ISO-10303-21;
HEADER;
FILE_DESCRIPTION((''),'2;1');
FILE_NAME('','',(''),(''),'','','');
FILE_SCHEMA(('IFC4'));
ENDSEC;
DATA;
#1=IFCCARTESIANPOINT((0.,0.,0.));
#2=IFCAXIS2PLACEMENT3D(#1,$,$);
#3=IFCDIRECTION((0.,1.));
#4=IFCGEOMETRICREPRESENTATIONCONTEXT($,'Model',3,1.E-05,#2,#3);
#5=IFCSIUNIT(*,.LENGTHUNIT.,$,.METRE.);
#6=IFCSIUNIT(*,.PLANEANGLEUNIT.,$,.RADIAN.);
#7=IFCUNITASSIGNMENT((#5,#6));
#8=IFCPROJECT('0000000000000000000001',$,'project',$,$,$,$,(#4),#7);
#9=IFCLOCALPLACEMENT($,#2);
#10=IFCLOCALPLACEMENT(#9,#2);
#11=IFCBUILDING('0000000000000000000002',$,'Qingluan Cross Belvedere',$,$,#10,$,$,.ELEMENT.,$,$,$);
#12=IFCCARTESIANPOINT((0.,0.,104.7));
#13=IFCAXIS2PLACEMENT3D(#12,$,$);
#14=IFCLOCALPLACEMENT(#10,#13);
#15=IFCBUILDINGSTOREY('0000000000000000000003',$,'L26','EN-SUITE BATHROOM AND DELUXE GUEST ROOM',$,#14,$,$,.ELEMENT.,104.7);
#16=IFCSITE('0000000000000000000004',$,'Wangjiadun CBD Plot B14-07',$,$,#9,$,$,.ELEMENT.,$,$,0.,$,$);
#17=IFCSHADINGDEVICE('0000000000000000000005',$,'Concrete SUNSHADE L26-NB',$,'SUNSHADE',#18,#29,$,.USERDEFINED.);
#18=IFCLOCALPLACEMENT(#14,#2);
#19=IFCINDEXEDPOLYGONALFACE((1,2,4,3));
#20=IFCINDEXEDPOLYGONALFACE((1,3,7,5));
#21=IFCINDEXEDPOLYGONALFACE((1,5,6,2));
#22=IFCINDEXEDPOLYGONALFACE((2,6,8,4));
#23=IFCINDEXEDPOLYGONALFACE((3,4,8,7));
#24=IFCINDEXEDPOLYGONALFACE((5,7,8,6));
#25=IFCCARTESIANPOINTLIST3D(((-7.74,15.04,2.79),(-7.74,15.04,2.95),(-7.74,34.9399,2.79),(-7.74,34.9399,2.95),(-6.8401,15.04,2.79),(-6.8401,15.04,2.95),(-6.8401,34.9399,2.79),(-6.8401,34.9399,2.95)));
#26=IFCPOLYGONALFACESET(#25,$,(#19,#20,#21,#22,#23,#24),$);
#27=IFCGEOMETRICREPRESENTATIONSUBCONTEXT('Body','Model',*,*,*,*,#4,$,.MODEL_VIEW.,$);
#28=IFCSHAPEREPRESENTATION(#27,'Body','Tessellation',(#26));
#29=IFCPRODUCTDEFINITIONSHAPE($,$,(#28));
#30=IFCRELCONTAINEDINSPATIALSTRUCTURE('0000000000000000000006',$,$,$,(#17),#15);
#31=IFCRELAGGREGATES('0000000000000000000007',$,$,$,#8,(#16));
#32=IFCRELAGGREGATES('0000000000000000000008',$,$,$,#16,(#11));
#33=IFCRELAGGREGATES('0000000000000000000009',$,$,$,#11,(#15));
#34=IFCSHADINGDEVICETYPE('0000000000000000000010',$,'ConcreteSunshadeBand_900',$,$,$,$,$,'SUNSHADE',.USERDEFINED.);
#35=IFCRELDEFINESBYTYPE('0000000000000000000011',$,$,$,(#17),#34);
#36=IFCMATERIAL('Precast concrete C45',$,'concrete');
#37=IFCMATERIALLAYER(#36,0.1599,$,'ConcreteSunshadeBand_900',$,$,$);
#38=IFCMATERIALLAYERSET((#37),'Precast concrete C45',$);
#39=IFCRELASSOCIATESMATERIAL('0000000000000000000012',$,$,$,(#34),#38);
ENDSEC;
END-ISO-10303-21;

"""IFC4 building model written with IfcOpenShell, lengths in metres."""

from ifc_helpers import new_model, si_unit, direction, frame, origin, origin_2d, place, context, subcontext, project, spatial, rectangle, extrude, material, layer, layer_set, type_object, element, save


model = new_model("IFC4")

# Units and contexts
model_context = context("Model", 3, precision=1e-05, world=origin(), true_north=direction((0.0, 1.0)))
body_context = subcontext(model_context, "Body", "Model", "MODEL_VIEW")
ifc_project = project(units=[si_unit("LENGTHUNIT", "METRE"), si_unit("PLANEANGLEUNIT", "RADIAN")], contexts=[model_context])

# Site, building, storey
site_placement = place(None, origin())
site = spatial("IfcSite", under=ifc_project, at=site_placement, Name="Wangjiadun CBD Plot B14-07", CompositionType="ELEMENT", RefElevation=0.0)
building_placement = place(site_placement, origin())
building = spatial("IfcBuilding", under=site, at=building_placement, Name="Qingluan Cross Belvedere", CompositionType="ELEMENT")
storey_placement = place(building_placement, frame((0.0, 0.0, 104.7)))
storey = spatial("IfcBuildingStorey", under=building, at=storey_placement, Name="L26", Description="EN-SUITE BATHROOM AND DELUXE GUEST ROOM", CompositionType="ELEMENT", Elevation=104.7)

# Shading device
ifc_material_1 = material(Name="Precast concrete C45", Category="concrete")
ifc_layer_1 = layer(ifc_material_1, 0.1599, Name="ConcreteSunshadeBand_900")
ifc_layer_set_1 = layer_set([ifc_layer_1], Name="Precast concrete C45")
shading_device_type = type_object("IfcShadingDeviceType", Name="ConcreteSunshadeBand_900", ElementType="SUNSHADE", PredefinedType="USERDEFINED", material=ifc_layer_set_1)
shading_device_placement = place(storey_placement, frame((-7.29, 24.99, 2.79), z_axis=(0.0, 0.0, 1.0), x_axis=(0.0, -1.0, 0.0)))
element("IfcShadingDevice", 1, at=shading_device_placement, inside=storey, type_object=shading_device_type, Name="Concrete SUNSHADE L26-NB", ObjectType="SUNSHADE", PredefinedType="USERDEFINED", context=body_context, shape_type="SweptSolid", body=[
    extrude(rectangle(XDim=19.8999, YDim=0.8999, at=origin_2d()), origin(), (0.0, 0.0, 1.0), 0.1599),
])

save(model, "model.ifc")
